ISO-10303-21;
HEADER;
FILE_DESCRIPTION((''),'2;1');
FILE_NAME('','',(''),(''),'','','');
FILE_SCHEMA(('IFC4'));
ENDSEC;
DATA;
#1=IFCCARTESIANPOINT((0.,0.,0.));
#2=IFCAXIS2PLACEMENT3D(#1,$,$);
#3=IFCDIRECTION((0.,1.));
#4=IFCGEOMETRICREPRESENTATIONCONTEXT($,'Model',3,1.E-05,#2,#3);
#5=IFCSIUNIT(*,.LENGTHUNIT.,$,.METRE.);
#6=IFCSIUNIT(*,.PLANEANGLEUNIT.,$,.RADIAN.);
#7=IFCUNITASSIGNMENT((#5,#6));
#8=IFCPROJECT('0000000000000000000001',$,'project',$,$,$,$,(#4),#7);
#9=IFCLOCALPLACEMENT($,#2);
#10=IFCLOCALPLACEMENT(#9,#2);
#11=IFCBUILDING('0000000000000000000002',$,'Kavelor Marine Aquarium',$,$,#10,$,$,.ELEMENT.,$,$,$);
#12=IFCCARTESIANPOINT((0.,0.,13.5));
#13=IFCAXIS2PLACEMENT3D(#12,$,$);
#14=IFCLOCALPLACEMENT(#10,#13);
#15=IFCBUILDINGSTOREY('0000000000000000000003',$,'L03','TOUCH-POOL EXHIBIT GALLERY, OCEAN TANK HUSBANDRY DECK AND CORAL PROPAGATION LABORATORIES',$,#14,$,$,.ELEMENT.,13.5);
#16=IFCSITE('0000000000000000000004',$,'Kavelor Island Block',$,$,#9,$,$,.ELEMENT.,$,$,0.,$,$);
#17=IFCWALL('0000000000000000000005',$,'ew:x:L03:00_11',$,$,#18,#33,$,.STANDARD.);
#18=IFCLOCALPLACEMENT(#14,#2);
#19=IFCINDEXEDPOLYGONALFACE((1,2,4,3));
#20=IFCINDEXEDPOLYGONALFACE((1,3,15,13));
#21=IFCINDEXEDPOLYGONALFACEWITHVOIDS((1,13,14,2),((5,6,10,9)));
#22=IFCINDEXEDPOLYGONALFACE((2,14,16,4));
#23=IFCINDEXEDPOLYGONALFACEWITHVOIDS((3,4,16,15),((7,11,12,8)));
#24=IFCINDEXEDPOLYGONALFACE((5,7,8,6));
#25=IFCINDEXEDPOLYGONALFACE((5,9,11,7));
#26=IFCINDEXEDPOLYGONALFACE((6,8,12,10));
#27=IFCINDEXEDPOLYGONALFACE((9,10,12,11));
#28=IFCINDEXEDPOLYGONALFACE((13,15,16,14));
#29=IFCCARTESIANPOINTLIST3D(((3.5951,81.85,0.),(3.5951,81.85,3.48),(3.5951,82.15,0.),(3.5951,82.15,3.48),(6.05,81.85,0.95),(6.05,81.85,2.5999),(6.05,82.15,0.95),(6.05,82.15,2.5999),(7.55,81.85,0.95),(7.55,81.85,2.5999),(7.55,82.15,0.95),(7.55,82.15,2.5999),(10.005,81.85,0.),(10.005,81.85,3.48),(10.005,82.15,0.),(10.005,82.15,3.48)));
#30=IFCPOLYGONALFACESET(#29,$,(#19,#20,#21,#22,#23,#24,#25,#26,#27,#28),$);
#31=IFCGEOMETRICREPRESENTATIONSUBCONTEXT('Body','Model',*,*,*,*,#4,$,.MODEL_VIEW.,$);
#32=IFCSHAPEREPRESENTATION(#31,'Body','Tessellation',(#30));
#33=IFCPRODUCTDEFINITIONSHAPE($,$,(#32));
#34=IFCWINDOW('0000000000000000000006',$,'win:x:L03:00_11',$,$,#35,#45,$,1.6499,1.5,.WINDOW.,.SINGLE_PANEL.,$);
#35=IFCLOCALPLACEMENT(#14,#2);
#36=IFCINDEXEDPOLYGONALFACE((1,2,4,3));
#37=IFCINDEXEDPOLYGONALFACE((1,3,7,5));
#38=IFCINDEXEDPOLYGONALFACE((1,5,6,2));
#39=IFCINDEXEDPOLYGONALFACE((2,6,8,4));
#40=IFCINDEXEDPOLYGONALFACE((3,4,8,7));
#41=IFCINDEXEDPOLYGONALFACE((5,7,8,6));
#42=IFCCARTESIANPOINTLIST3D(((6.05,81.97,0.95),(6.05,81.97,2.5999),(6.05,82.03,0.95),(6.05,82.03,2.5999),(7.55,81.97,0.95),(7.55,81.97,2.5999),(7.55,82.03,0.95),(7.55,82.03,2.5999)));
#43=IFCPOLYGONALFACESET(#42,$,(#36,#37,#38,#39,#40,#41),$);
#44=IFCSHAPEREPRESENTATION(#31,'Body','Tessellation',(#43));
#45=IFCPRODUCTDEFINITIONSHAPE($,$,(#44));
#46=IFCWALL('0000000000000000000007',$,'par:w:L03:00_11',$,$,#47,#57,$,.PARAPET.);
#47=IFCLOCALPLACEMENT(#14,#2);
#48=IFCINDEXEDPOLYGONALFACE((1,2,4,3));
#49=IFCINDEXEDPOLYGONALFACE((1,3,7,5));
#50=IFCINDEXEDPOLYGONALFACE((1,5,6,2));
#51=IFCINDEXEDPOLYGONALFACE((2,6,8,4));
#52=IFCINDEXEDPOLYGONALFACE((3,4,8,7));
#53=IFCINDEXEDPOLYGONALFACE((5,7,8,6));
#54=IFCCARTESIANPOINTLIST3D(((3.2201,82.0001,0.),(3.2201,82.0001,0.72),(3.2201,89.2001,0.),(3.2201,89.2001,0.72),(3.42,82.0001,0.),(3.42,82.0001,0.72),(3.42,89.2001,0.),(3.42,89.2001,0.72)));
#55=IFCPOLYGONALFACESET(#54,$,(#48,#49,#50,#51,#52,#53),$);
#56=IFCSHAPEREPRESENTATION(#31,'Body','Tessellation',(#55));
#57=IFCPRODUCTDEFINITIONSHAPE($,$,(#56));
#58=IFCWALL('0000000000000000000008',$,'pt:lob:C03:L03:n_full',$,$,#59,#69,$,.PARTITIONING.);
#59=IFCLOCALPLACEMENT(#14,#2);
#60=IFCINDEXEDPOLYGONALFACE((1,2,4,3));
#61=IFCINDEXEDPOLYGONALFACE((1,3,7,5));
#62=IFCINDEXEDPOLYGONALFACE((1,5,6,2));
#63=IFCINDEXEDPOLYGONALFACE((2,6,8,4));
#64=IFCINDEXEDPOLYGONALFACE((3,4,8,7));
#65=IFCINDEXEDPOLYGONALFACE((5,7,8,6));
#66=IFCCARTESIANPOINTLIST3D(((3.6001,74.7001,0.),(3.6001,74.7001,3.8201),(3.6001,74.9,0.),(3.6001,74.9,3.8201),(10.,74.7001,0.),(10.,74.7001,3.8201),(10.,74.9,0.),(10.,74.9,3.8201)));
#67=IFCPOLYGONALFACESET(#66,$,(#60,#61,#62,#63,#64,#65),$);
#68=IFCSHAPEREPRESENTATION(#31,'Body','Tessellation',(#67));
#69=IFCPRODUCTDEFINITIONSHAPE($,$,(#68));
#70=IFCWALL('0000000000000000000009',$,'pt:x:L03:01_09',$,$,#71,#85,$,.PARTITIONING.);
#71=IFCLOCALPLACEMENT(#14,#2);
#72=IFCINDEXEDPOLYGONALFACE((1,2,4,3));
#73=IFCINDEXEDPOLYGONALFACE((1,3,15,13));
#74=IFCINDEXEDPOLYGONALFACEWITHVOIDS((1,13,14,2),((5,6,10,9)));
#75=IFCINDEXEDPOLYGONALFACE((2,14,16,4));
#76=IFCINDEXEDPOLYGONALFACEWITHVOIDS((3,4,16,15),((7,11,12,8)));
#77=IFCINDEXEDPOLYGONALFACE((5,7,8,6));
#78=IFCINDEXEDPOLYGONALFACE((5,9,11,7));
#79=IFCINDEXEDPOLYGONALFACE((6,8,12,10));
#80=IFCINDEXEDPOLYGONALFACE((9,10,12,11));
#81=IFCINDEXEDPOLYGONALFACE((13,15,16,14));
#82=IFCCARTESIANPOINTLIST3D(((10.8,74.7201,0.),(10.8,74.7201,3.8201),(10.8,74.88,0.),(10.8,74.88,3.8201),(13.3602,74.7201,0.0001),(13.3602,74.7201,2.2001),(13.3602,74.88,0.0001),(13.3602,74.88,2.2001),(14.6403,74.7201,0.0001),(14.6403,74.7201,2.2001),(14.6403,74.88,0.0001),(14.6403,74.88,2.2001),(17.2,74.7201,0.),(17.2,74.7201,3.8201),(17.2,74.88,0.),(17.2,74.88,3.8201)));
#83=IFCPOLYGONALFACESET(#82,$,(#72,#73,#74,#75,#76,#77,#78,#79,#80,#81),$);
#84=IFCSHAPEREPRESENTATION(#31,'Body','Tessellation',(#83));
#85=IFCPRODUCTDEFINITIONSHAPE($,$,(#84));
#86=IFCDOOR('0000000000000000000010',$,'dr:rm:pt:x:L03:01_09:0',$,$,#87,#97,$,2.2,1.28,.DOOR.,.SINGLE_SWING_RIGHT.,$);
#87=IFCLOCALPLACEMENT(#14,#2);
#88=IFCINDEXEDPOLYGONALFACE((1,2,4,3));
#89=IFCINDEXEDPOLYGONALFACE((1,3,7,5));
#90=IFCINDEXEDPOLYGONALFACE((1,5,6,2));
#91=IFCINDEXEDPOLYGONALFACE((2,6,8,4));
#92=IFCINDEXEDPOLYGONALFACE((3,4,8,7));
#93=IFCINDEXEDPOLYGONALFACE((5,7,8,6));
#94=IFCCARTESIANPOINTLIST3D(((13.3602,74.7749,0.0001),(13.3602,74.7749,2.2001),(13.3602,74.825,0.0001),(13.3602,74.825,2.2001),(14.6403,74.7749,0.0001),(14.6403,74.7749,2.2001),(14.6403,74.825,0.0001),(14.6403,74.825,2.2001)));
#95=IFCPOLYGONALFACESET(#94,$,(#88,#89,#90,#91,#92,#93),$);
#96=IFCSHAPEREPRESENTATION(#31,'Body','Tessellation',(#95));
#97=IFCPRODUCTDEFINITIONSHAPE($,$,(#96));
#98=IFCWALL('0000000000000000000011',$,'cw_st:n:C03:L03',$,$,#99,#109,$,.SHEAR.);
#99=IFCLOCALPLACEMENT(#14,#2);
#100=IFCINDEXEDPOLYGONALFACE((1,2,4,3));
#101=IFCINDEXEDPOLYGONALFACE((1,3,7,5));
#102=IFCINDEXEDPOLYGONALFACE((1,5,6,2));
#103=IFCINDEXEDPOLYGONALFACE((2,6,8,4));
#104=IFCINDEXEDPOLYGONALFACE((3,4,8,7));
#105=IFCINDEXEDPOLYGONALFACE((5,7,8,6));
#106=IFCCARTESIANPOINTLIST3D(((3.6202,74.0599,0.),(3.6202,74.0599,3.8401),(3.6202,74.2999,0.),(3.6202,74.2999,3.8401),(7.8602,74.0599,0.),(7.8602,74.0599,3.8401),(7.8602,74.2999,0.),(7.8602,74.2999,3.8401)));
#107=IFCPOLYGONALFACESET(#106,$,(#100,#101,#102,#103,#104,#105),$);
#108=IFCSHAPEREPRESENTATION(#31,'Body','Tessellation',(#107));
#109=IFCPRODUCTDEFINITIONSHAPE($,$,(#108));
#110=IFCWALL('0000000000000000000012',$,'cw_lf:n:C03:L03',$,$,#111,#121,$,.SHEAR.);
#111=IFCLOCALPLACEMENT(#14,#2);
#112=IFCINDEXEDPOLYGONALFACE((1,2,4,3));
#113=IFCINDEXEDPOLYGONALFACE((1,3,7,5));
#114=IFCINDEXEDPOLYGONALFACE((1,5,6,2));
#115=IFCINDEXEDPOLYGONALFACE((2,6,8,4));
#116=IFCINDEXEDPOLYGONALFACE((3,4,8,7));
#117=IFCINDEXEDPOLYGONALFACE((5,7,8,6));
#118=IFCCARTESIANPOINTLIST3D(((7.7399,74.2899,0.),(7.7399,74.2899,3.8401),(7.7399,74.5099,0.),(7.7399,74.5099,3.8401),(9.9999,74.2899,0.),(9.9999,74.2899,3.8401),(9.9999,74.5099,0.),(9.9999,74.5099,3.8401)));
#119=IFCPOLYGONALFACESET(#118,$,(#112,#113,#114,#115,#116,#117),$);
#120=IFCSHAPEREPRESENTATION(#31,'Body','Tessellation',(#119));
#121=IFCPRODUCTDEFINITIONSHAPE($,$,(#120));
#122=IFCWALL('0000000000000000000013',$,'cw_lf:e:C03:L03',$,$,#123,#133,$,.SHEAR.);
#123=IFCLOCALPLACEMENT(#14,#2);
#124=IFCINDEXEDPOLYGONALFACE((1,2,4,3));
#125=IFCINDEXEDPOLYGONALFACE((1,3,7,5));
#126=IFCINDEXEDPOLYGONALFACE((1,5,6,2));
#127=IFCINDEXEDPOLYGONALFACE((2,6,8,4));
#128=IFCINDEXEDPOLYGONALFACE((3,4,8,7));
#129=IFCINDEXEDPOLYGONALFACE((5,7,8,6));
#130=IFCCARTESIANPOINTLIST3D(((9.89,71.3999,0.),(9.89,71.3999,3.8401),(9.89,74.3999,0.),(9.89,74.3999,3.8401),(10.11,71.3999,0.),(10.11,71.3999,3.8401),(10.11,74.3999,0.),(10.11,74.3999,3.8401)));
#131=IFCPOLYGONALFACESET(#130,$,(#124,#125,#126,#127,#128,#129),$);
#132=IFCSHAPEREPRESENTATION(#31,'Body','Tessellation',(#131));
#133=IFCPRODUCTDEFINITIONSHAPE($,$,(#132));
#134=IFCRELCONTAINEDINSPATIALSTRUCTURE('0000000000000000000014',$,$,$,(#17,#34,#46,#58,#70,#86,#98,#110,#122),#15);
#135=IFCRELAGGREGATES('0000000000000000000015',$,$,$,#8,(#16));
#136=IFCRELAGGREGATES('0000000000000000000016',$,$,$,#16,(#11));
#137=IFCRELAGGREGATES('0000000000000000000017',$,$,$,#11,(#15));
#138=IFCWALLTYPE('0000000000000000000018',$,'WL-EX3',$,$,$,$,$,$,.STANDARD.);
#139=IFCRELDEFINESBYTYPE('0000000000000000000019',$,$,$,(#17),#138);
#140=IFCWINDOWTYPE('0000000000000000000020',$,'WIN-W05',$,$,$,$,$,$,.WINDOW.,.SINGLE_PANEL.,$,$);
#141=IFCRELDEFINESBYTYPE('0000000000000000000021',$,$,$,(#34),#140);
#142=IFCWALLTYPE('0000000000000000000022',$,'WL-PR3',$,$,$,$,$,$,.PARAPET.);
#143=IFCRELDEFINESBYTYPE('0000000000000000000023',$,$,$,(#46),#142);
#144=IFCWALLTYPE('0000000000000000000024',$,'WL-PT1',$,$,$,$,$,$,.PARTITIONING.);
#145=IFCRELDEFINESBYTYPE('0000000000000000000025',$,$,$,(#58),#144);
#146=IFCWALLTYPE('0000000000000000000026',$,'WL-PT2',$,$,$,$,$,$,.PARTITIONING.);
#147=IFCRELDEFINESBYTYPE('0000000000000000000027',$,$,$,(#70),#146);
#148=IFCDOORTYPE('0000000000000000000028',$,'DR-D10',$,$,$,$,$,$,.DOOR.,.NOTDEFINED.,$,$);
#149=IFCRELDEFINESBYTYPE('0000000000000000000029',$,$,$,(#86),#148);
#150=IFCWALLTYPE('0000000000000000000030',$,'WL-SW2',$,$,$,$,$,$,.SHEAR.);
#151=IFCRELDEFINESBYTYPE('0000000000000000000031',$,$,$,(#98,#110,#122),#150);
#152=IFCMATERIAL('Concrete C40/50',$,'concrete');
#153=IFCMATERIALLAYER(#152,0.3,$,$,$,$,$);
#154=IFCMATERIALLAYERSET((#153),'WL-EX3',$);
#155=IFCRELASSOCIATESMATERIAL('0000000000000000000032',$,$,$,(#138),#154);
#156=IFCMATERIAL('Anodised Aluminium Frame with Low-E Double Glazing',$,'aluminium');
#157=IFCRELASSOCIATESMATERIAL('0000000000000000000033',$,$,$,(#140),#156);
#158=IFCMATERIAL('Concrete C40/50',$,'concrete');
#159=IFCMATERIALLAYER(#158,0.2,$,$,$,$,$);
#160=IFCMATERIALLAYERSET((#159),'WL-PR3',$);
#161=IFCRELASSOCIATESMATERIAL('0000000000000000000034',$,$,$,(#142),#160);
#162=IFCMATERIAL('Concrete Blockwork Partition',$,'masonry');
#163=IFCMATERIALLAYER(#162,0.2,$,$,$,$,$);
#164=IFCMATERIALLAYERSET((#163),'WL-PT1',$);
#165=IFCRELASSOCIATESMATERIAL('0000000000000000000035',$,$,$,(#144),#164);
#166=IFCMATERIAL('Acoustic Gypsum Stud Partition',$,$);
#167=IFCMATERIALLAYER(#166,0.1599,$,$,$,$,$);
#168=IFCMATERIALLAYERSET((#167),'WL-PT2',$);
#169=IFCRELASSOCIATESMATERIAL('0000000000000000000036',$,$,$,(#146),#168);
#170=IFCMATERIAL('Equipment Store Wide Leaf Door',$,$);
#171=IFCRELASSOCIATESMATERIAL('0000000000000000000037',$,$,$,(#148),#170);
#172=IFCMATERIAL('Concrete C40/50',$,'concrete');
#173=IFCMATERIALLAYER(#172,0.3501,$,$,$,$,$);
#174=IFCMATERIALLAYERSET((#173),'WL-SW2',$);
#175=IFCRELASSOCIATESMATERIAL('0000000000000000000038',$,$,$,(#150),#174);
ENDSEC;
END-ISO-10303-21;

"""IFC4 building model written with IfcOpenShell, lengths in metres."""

from ifc_helpers import new_model, si_unit, direction, frame, frame_2d, origin, place, context, subcontext, project, spatial, rectangle, extrude, material, layer, layer_set, type_object, element, fill, save


model = new_model("IFC4")

# Units and contexts
model_context = context("Model", 3, precision=1e-05, world=origin(), true_north=direction((0.0, 1.0)))
body_context = subcontext(model_context, "Body", "Model", "MODEL_VIEW")
ifc_project = project(units=[si_unit("LENGTHUNIT", "METRE"), si_unit("PLANEANGLEUNIT", "RADIAN")], contexts=[model_context])

# Site, building, storey
site_placement = place(None, origin())
site = spatial("IfcSite", under=ifc_project, at=site_placement, Name="Kavelor Island Block", CompositionType="ELEMENT", RefElevation=0.0)
building_placement = place(site_placement, origin())
building = spatial("IfcBuilding", under=site, at=building_placement, Name="Kavelor Marine Aquarium", CompositionType="ELEMENT")
storey_placement = place(building_placement, frame((0.0, 0.0, 13.5)))
storey = spatial("IfcBuildingStorey", under=building, at=storey_placement, Name="L03", Description="TOUCH-POOL EXHIBIT GALLERY, OCEAN TANK HUSBANDRY DECK AND CORAL PROPAGATION LABORATORIES", CompositionType="ELEMENT", Elevation=13.5)

# Wall, opening, window
ifc_material_1 = material(Name="Concrete C40/50", Category="concrete")
ifc_layer_1 = layer(ifc_material_1, 0.3)
ifc_layer_set_1 = layer_set([ifc_layer_1], Name="WL-EX3")
wall_type_1 = type_object("IfcWallType", Name="WL-EX3", PredefinedType="STANDARD", material=ifc_layer_set_1)
wall_1_placement = place(storey_placement, frame((3.595, 82.0, 0.0), z_axis=(0.0, 0.0, 1.0), x_axis=(1.0, 0.0, 0.0)))
wall_1 = element("IfcWall", 1, at=wall_1_placement, inside=storey, type_object=wall_type_1, Name="ew:x:L03:00_11", PredefinedType="STANDARD", context=body_context, shape_type="SweptSolid", body=[
    extrude(rectangle(XDim=6.4099, YDim=0.3, at=frame_2d((3.2051, 0.0))), origin(), (0.0, 0.0, 1.0), 3.48),
])
opening_1_placement = place(wall_1_placement, frame((2.4551, 0.0, 0.95)))
opening_1 = element("IfcOpeningElement", 2, at=opening_1_placement, cuts=wall_1, PredefinedType="OPENING", context=body_context, shape_type="SweptSolid", body=[
    extrude(rectangle(XDim=1.5, YDim=1.6499, at=frame_2d((0.75, 0.825))), frame((0.0, 0.1599, 0.0), z_axis=(0.0, -1.0, 0.0), x_axis=(1.0, 0.0, 0.0)), (0.0, 0.0, 1.0), 0.32),
])
ifc_material_2 = material(Name="Anodised Aluminium Frame with Low-E Double Glazing", Category="aluminium")
window_type_1 = type_object("IfcWindowType", Name="WIN-W05", PartitioningType="SINGLE_PANEL", PredefinedType="WINDOW", material=ifc_material_2)
window_1_placement = place(opening_1_placement, origin())
window_1 = element("IfcWindow", 3, at=window_1_placement, inside=storey, type_object=window_type_1, Name="win:x:L03:00_11", OverallHeight=1.6499, OverallWidth=1.5, PartitioningType="SINGLE_PANEL", PredefinedType="WINDOW", context=body_context, shape_type="SweptSolid", body=[
    extrude(rectangle(XDim=1.5, YDim=1.6499, at=frame_2d((0.75, 0.825))), frame((0.0, 0.03, 0.0), z_axis=(0.0, -1.0, 0.0), x_axis=(1.0, 0.0, 0.0)), (0.0, 0.0, 1.0), 0.0601),
])
fill(opening_1, window_1)

# Walls
ifc_material_3 = material(Name="Concrete C40/50", Category="concrete")
ifc_layer_2 = layer(ifc_material_3, 0.2)
ifc_layer_set_2 = layer_set([ifc_layer_2], Name="WL-PR3")
wall_type_2 = type_object("IfcWallType", Name="WL-PR3", PredefinedType="PARAPET", material=ifc_layer_set_2)
wall_2_placement = place(storey_placement, frame((3.3201, 82.0, 0.0), z_axis=(0.0, 0.0, 1.0), x_axis=(0.0, 1.0, 0.0)))
element("IfcWall", 4, at=wall_2_placement, inside=storey, type_object=wall_type_2, Name="par:w:L03:00_11", PredefinedType="PARAPET", context=body_context, shape_type="SweptSolid", body=[
    extrude(rectangle(XDim=7.2, YDim=0.2, at=frame_2d((3.6001, 0.0))), origin(), (0.0, 0.0, 1.0), 0.72),
])
ifc_material_4 = material(Name="Concrete Blockwork Partition", Category="masonry")
ifc_layer_3 = layer(ifc_material_4, 0.2)
ifc_layer_set_3 = layer_set([ifc_layer_3], Name="WL-PT1")
wall_type_3 = type_object("IfcWallType", Name="WL-PT1", PredefinedType="PARTITIONING", material=ifc_layer_set_3)
wall_3_placement = place(storey_placement, frame((3.6001, 74.8, 0.0), z_axis=(0.0, 0.0, 1.0), x_axis=(1.0, 0.0, 0.0)))
element("IfcWall", 5, at=wall_3_placement, inside=storey, type_object=wall_type_3, Name="pt:lob:C03:L03:n_full", PredefinedType="PARTITIONING", context=body_context, shape_type="SweptSolid", body=[
    extrude(rectangle(XDim=6.3999, YDim=0.2, at=frame_2d((3.2, 0.0))), origin(), (0.0, 0.0, 1.0), 3.8201),
])

# Wall, opening, door
ifc_material_5 = material(Name="Acoustic Gypsum Stud Partition")
ifc_layer_4 = layer(ifc_material_5, 0.1599)
ifc_layer_set_4 = layer_set([ifc_layer_4], Name="WL-PT2")
wall_type_4 = type_object("IfcWallType", Name="WL-PT2", PredefinedType="PARTITIONING", material=ifc_layer_set_4)
wall_4_placement = place(storey_placement, frame((10.8, 74.8, 0.0), z_axis=(0.0, 0.0, 1.0), x_axis=(1.0, 0.0, 0.0)))
wall_4 = element("IfcWall", 6, at=wall_4_placement, inside=storey, type_object=wall_type_4, Name="pt:x:L03:01_09", PredefinedType="PARTITIONING", context=body_context, shape_type="SweptSolid", body=[
    extrude(rectangle(XDim=6.3999, YDim=0.1599, at=frame_2d((3.2, 0.0))), origin(), (0.0, 0.0, 1.0), 3.8201),
])
opening_2_placement = place(wall_4_placement, frame((2.5601, 0.0, 0.0)))
opening_2 = element("IfcOpeningElement", 7, at=opening_2_placement, cuts=wall_4, PredefinedType="OPENING", context=body_context, shape_type="SweptSolid", body=[
    extrude(rectangle(XDim=1.28, YDim=2.2, at=frame_2d((0.6401, 1.1001))), frame((0.0, 0.0898, 0.0), z_axis=(0.0, -1.0, 0.0), x_axis=(1.0, 0.0, 0.0)), (0.0, 0.0, 1.0), 0.1799),
])
ifc_material_6 = material(Name="Equipment Store Wide Leaf Door")
door_type_1 = type_object("IfcDoorType", Name="DR-D10", OperationType="NOTDEFINED", PredefinedType="DOOR", material=ifc_material_6)
door_1_placement = place(opening_2_placement, origin())
door_1 = element("IfcDoor", 8, at=door_1_placement, inside=storey, type_object=door_type_1, Name="dr:rm:pt:x:L03:01_09:0", OperationType="SINGLE_SWING_RIGHT", OverallHeight=2.2, OverallWidth=1.28, PredefinedType="DOOR", context=body_context, shape_type="SweptSolid", body=[
    extrude(rectangle(XDim=1.28, YDim=2.2, at=frame_2d((0.6401, 1.1001))), frame((0.0, 0.0249, 0.0), z_axis=(0.0, -1.0, 0.0), x_axis=(1.0, 0.0, 0.0)), (0.0, 0.0, 1.0), 0.05),
])
fill(opening_2, door_1)

# Wall
ifc_material_7 = material(Name="Concrete C40/50", Category="concrete")
ifc_layer_5 = layer(ifc_material_7, 0.3501)
ifc_layer_set_5 = layer_set([ifc_layer_5], Name="WL-SW2")
wall_type_5 = type_object("IfcWallType", Name="WL-SW2", PredefinedType="SHEAR", material=ifc_layer_set_5)
wall_5_placement = place(storey_placement, frame((3.6201, 74.1799, 0.0), z_axis=(0.0, 0.0, 1.0), x_axis=(1.0, 0.0, 0.0)))
element("IfcWall", 9, at=wall_5_placement, inside=storey, type_object=wall_type_5, Name="cw_st:n:C03:L03", PredefinedType="SHEAR", context=body_context, shape_type="SweptSolid", body=[
    extrude(rectangle(XDim=4.24, YDim=0.24, at=frame_2d((2.1201, 0.0))), origin(), (0.0, 0.0, 1.0), 3.8401),
])

# Walls
wall_6_placement = place(storey_placement, frame((7.74, 74.3999, 0.0), z_axis=(0.0, 0.0, 1.0), x_axis=(1.0, 0.0, 0.0)))
element("IfcWall", 10, at=wall_6_placement, inside=storey, type_object=wall_type_5, Name="cw_lf:n:C03:L03", PredefinedType="SHEAR", context=body_context, shape_type="SweptSolid", body=[
    extrude(rectangle(XDim=2.26, YDim=0.22, at=frame_2d((1.1299, 0.0))), origin(), (0.0, 0.0, 1.0), 3.8401),
])
wall_7_placement = place(storey_placement, frame((10.0, 71.3999, 0.0), z_axis=(0.0, 0.0, 1.0), x_axis=(0.0, 1.0, 0.0)))
element("IfcWall", 11, at=wall_7_placement, inside=storey, type_object=wall_type_5, Name="cw_lf:e:C03:L03", PredefinedType="SHEAR", context=body_context, shape_type="SweptSolid", body=[
    extrude(rectangle(XDim=3.0, YDim=0.22, at=frame_2d((1.5, 0.0))), origin(), (0.0, 0.0, 1.0), 3.8401),
])

save(model, "model.ifc")
